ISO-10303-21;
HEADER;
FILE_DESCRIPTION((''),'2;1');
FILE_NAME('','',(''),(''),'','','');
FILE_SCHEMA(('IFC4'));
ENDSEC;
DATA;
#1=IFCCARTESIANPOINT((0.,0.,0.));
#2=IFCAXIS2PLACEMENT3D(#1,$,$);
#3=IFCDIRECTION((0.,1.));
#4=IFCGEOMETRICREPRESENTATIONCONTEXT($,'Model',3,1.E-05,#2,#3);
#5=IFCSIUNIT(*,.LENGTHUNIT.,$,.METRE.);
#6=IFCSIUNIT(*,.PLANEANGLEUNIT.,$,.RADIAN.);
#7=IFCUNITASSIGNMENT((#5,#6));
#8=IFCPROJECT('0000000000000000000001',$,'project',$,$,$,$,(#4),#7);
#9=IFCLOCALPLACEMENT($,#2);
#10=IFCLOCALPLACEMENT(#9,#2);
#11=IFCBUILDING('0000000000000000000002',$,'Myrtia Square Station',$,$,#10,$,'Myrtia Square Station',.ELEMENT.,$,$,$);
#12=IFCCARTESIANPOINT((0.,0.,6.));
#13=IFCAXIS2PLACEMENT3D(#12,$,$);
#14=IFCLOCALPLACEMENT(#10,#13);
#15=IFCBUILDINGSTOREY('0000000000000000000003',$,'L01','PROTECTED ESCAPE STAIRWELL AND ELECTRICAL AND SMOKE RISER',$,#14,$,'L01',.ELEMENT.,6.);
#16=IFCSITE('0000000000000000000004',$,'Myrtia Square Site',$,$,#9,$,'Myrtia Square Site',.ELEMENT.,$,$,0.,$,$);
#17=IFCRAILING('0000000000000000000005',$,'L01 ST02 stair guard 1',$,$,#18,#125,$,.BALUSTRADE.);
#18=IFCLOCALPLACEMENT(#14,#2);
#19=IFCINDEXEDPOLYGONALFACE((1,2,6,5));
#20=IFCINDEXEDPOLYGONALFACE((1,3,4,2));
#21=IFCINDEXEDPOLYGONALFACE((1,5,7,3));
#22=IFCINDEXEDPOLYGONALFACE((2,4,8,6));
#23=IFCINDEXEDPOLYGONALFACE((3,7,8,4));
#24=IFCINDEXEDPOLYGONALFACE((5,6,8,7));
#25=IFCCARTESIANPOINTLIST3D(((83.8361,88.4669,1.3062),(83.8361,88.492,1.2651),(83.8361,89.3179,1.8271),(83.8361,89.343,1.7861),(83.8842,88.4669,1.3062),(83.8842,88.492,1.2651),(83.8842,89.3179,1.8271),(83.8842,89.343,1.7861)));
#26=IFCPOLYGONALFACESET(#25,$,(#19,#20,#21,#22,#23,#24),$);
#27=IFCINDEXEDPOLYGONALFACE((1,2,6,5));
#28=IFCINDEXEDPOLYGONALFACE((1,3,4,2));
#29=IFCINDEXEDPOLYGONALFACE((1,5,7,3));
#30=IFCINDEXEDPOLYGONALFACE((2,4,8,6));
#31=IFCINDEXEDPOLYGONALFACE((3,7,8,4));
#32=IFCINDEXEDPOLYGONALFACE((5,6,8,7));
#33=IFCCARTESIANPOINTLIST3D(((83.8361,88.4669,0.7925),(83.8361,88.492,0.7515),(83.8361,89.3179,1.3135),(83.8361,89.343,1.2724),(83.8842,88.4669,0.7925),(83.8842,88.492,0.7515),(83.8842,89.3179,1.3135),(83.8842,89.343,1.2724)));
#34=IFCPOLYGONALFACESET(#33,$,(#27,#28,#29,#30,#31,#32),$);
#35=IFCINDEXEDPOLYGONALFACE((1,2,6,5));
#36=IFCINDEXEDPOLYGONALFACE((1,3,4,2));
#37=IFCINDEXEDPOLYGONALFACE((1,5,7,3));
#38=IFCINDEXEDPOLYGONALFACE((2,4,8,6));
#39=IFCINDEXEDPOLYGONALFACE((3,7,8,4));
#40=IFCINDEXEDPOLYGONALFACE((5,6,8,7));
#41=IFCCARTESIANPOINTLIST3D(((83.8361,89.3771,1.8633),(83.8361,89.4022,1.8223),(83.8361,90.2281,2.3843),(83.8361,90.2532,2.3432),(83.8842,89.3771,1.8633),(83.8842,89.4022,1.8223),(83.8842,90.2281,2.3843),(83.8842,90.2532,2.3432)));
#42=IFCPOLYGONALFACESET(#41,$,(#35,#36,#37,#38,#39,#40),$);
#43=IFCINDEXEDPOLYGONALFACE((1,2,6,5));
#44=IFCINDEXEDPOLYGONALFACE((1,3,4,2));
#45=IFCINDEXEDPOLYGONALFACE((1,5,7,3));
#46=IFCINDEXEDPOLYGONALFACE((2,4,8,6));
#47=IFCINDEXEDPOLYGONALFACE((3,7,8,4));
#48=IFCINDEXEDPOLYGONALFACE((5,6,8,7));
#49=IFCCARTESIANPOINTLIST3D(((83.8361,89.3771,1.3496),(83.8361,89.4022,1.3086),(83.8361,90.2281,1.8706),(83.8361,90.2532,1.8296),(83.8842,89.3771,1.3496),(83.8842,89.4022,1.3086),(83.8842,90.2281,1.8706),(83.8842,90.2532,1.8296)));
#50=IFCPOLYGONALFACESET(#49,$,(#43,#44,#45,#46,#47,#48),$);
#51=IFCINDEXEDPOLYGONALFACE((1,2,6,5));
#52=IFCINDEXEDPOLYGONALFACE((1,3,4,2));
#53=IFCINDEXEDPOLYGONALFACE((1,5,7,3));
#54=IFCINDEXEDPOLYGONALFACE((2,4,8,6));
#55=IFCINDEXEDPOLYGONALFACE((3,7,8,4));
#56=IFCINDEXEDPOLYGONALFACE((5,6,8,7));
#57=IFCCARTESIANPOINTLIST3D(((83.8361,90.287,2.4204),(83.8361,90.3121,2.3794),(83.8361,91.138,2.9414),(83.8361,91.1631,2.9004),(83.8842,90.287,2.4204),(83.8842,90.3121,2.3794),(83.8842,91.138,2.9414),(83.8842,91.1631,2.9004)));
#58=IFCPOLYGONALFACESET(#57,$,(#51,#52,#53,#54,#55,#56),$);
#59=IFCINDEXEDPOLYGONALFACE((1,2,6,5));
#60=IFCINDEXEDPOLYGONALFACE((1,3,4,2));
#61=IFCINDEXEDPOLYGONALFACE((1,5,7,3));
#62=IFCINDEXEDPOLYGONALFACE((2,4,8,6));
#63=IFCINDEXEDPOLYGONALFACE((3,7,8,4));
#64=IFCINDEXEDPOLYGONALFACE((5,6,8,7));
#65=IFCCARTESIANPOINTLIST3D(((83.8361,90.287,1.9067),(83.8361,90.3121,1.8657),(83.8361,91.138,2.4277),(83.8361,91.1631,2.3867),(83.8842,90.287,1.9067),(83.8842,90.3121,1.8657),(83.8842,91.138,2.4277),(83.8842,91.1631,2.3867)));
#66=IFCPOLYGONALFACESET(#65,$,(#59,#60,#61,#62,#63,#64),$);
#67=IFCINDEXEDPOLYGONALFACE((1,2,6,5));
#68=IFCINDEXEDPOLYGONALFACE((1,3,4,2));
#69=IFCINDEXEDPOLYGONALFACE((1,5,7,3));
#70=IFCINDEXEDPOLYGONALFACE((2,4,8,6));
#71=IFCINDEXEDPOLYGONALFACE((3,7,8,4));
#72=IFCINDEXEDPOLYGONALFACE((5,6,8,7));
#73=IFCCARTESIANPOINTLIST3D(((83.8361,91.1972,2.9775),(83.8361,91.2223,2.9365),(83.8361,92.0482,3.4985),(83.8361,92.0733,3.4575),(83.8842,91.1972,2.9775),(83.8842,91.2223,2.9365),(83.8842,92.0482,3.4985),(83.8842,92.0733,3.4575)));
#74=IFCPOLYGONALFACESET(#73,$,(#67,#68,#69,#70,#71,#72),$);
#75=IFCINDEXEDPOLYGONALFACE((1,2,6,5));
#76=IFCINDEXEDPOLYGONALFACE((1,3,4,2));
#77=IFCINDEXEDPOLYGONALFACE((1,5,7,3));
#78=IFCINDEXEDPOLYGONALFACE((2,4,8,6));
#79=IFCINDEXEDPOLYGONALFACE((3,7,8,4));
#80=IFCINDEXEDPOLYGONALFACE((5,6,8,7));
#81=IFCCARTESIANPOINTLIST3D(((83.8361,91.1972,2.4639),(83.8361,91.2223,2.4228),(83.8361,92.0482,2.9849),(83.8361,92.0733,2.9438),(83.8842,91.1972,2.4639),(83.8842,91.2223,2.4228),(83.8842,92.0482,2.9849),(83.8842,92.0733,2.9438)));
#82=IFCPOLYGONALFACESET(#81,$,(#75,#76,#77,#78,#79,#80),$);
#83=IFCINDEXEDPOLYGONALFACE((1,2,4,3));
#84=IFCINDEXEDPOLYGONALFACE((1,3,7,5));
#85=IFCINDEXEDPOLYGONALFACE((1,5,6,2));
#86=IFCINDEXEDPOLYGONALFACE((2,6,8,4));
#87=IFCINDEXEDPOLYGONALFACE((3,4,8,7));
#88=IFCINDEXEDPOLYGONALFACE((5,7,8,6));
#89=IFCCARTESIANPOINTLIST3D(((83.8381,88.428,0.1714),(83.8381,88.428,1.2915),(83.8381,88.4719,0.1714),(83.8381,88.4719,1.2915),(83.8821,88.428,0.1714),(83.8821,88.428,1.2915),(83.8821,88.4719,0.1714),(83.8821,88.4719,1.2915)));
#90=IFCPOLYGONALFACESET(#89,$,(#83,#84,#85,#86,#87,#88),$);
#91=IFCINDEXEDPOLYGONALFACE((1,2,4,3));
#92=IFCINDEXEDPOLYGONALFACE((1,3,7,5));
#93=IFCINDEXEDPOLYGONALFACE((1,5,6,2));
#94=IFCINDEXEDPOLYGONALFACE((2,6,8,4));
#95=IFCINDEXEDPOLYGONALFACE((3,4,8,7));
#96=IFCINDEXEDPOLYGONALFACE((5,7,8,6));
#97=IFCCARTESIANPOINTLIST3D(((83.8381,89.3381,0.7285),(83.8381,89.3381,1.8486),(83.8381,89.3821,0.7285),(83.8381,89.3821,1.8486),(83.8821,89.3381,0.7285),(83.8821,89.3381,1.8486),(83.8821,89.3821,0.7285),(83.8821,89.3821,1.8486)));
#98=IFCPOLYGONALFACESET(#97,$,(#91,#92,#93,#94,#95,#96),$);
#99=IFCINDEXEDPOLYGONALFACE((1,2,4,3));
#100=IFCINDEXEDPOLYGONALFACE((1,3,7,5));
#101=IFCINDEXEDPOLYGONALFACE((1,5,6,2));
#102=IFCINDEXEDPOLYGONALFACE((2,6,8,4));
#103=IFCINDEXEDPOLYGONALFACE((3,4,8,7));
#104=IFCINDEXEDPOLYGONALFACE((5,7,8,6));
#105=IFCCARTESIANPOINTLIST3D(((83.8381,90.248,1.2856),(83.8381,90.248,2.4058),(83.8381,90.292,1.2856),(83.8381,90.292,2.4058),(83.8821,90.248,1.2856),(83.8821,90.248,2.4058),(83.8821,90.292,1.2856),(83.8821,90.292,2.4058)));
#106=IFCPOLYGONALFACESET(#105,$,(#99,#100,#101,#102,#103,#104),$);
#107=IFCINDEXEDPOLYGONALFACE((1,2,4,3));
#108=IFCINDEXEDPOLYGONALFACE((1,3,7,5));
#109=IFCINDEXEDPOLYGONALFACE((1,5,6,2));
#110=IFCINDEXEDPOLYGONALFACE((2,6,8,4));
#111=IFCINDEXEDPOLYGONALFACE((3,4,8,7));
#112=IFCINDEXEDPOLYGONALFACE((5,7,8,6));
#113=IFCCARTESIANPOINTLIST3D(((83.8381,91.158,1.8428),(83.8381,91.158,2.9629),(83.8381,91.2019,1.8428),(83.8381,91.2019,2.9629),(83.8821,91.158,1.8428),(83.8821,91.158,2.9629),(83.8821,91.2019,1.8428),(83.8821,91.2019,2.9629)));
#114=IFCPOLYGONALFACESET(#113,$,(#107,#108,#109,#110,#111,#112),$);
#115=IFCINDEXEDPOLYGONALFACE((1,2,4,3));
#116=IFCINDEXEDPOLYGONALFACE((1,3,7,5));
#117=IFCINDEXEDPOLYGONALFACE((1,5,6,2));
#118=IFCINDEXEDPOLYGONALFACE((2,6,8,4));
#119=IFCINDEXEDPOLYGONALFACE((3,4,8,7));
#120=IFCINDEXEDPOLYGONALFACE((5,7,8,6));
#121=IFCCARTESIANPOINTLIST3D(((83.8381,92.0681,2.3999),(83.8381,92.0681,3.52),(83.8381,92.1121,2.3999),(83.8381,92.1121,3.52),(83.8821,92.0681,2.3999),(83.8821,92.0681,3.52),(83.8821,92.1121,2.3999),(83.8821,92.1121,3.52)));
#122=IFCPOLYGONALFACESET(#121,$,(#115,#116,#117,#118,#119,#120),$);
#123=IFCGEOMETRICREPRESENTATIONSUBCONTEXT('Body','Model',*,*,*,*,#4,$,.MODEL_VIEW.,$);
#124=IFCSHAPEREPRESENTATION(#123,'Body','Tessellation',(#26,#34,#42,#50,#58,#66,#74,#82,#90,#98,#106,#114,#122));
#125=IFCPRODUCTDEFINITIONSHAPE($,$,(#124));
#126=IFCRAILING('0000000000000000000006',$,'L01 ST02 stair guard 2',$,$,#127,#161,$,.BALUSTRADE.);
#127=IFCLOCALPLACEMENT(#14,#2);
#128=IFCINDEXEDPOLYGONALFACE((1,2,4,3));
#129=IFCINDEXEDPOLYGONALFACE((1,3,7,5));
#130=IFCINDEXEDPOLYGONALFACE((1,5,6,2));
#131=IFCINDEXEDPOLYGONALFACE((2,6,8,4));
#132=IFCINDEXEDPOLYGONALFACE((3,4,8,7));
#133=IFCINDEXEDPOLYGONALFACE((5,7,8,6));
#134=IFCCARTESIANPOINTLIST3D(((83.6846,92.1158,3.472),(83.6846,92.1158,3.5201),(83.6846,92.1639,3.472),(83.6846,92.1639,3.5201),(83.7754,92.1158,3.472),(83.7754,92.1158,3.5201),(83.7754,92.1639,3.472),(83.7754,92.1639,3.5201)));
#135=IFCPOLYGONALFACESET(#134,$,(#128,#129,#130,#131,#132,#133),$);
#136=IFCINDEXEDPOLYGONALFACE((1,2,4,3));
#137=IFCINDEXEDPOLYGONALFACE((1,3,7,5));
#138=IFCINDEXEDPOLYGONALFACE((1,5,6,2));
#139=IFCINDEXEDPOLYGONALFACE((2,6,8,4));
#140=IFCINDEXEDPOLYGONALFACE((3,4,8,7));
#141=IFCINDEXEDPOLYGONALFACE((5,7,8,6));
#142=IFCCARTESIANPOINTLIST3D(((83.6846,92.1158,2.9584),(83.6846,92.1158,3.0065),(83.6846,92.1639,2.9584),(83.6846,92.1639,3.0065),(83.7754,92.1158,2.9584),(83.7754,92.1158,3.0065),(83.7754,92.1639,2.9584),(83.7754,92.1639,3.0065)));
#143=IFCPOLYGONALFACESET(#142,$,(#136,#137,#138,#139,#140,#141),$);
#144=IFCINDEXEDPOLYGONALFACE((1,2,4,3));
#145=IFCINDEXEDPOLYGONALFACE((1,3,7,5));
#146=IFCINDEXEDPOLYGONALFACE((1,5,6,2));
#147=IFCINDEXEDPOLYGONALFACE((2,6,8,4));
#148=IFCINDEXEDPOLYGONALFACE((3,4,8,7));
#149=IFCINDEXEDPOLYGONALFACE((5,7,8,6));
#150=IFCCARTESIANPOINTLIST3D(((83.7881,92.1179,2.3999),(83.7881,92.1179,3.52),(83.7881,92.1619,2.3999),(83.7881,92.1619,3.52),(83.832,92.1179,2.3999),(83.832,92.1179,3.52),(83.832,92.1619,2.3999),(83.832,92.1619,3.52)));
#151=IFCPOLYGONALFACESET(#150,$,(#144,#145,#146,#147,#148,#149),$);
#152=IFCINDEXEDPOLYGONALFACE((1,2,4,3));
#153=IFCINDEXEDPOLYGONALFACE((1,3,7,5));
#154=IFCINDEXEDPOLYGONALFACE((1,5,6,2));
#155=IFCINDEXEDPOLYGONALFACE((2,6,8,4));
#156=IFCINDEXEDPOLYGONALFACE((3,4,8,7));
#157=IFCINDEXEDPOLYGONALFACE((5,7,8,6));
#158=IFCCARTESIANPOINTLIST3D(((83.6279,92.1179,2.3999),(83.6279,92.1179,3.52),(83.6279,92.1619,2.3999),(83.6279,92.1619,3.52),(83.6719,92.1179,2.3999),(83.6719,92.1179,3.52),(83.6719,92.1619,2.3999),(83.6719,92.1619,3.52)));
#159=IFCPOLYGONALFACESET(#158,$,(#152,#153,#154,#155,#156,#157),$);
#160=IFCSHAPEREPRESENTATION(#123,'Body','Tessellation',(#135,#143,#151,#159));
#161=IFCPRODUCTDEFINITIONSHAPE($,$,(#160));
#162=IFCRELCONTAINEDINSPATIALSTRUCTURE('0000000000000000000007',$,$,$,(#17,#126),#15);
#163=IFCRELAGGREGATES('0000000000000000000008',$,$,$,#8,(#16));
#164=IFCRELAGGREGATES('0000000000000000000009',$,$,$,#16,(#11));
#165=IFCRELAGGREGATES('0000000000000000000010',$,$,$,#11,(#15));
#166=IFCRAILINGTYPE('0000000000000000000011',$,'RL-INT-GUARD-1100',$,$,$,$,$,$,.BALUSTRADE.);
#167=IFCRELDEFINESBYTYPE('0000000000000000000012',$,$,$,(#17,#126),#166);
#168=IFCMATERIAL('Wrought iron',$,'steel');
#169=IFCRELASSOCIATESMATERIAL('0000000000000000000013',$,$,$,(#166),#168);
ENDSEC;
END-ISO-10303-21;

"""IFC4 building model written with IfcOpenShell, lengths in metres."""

from ifc_helpers import new_model, si_unit, direction, frame, origin, origin_2d, place, context, subcontext, project, spatial, rectangle, extrude, material, type_object, element, save


model = new_model("IFC4")

# Units and contexts
model_context = context("Model", 3, precision=1e-05, world=origin(), true_north=direction((0.0, 1.0)))
body_context = subcontext(model_context, "Body", "Model", "MODEL_VIEW")
ifc_project = project(units=[si_unit("LENGTHUNIT", "METRE"), si_unit("PLANEANGLEUNIT", "RADIAN")], contexts=[model_context])

# Site, building, storey
site_placement = place(None, origin())
site = spatial("IfcSite", under=ifc_project, at=site_placement, Name="Myrtia Square Site", LongName="Myrtia Square Site", CompositionType="ELEMENT", RefElevation=0.0)
building_placement = place(site_placement, origin())
building = spatial("IfcBuilding", under=site, at=building_placement, Name="Myrtia Square Station", LongName="Myrtia Square Station", CompositionType="ELEMENT")
storey_placement = place(building_placement, frame((0.0, 0.0, 6.0)))
storey = spatial("IfcBuildingStorey", under=building, at=storey_placement, Name="L01", Description="PROTECTED ESCAPE STAIRWELL AND ELECTRICAL AND SMOKE RISER", LongName="L01", CompositionType="ELEMENT", Elevation=6.0)

# Railings
ifc_material_1 = material(Name="Wrought iron", Category="steel")
railing_type_1 = type_object("IfcRailingType", Name="RL-INT-GUARD-1100", PredefinedType="BALUSTRADE", material=ifc_material_1)
railing_1_placement = place(storey_placement, frame((83.8601, 88.45, 0.1714)))
element("IfcRailing", 1, at=railing_1_placement, inside=storey, type_object=railing_type_1, Name="L01 ST02 stair guard 1", PredefinedType="BALUSTRADE", context=body_context, shape_type="SweptSolid", body=[
    extrude(rectangle(XDim=0.0481, YDim=0.0481, at=origin_2d()), frame((0.0, 0.0295, 1.1143), z_axis=(0.0, 0.852866, 0.52213), x_axis=(-1.0, 0.0, 0.0)), (0.0, 0.0, 1.0), 0.9978),
    extrude(rectangle(XDim=0.0481, YDim=0.0481, at=origin_2d()), frame((0.0, 0.0295, 0.6006), z_axis=(0.0, 0.852866, 0.52213), x_axis=(-1.0, 0.0, 0.0)), (0.0, 0.0, 1.0), 0.9978),
    extrude(rectangle(XDim=0.0481, YDim=0.0481, at=origin_2d()), frame((0.0, 0.9397, 1.6714), z_axis=(0.0, 0.852866, 0.52213), x_axis=(-1.0, 0.0, 0.0)), (0.0, 0.0, 1.0), 0.9978),
    extrude(rectangle(XDim=0.0481, YDim=0.0481, at=origin_2d()), frame((0.0, 0.9397, 1.1577), z_axis=(0.0, 0.852866, 0.52213), x_axis=(-1.0, 0.0, 0.0)), (0.0, 0.0, 1.0), 0.9978),
    extrude(rectangle(XDim=0.0481, YDim=0.0481, at=origin_2d()), frame((0.0, 1.8496, 2.2285), z_axis=(0.0, 0.852866, 0.52213), x_axis=(-1.0, 0.0, 0.0)), (0.0, 0.0, 1.0), 0.9978),
    extrude(rectangle(XDim=0.0481, YDim=0.0481, at=origin_2d()), frame((0.0, 1.8496, 1.7148), z_axis=(0.0, 0.852866, 0.52213), x_axis=(-1.0, 0.0, 0.0)), (0.0, 0.0, 1.0), 0.9978),
    extrude(rectangle(XDim=0.0481, YDim=0.0481, at=origin_2d()), frame((0.0, 2.7598, 2.7856), z_axis=(0.0, 0.852866, 0.52213), x_axis=(-1.0, 0.0, 0.0)), (0.0, 0.0, 1.0), 0.9978),
    extrude(rectangle(XDim=0.0481, YDim=0.0481, at=origin_2d()), frame((0.0, 2.7598, 2.272), z_axis=(0.0, 0.852866, 0.52213), x_axis=(-1.0, 0.0, 0.0)), (0.0, 0.0, 1.0), 0.9978),
    extrude(rectangle(XDim=0.0439, YDim=0.0439, at=origin_2d()), origin(), (0.0, 0.0, 1.0), 1.1201),
    extrude(rectangle(XDim=0.0439, YDim=0.0439, at=origin_2d()), frame((0.0, 0.9102, 0.5571)), (0.0, 0.0, 1.0), 1.1201),
    extrude(rectangle(XDim=0.0439, YDim=0.0439, at=origin_2d()), frame((0.0, 1.8201, 1.1143)), (0.0, 0.0, 1.0), 1.1201),
    extrude(rectangle(XDim=0.0439, YDim=0.0439, at=origin_2d()), frame((0.0, 2.73, 1.6714)), (0.0, 0.0, 1.0), 1.1201),
    extrude(rectangle(XDim=0.0439, YDim=0.0439, at=origin_2d()), frame((0.0, 3.6401, 2.2285)), (0.0, 0.0, 1.0), 1.1201),
])
railing_2_placement = place(storey_placement, frame((83.8101, 92.1399, 2.3999)))
element("IfcRailing", 2, at=railing_2_placement, inside=storey, type_object=railing_type_1, Name="L01 ST02 stair guard 2", PredefinedType="BALUSTRADE", context=body_context, shape_type="SweptSolid", body=[
    extrude(rectangle(XDim=0.0481, YDim=0.0481, at=origin_2d()), frame((-0.0347, 0.0, 1.0962), z_axis=(-1.0, 0.0, 0.0), x_axis=(0.0, -1.0, 0.0)), (0.0, 0.0, 1.0), 0.0908),
    extrude(rectangle(XDim=0.0481, YDim=0.0481, at=origin_2d()), frame((-0.0347, 0.0, 0.5825), z_axis=(-1.0, 0.0, 0.0), x_axis=(0.0, -1.0, 0.0)), (0.0, 0.0, 1.0), 0.0908),
    extrude(rectangle(XDim=0.0439, YDim=0.0439, at=origin_2d()), origin(), (0.0, 0.0, 1.0), 1.1201),
    extrude(rectangle(XDim=0.0439, YDim=0.0439, at=origin_2d()), frame((-0.1602, 0.0, 0.0)), (0.0, 0.0, 1.0), 1.1201),
])

save(model, "model.ifc")
